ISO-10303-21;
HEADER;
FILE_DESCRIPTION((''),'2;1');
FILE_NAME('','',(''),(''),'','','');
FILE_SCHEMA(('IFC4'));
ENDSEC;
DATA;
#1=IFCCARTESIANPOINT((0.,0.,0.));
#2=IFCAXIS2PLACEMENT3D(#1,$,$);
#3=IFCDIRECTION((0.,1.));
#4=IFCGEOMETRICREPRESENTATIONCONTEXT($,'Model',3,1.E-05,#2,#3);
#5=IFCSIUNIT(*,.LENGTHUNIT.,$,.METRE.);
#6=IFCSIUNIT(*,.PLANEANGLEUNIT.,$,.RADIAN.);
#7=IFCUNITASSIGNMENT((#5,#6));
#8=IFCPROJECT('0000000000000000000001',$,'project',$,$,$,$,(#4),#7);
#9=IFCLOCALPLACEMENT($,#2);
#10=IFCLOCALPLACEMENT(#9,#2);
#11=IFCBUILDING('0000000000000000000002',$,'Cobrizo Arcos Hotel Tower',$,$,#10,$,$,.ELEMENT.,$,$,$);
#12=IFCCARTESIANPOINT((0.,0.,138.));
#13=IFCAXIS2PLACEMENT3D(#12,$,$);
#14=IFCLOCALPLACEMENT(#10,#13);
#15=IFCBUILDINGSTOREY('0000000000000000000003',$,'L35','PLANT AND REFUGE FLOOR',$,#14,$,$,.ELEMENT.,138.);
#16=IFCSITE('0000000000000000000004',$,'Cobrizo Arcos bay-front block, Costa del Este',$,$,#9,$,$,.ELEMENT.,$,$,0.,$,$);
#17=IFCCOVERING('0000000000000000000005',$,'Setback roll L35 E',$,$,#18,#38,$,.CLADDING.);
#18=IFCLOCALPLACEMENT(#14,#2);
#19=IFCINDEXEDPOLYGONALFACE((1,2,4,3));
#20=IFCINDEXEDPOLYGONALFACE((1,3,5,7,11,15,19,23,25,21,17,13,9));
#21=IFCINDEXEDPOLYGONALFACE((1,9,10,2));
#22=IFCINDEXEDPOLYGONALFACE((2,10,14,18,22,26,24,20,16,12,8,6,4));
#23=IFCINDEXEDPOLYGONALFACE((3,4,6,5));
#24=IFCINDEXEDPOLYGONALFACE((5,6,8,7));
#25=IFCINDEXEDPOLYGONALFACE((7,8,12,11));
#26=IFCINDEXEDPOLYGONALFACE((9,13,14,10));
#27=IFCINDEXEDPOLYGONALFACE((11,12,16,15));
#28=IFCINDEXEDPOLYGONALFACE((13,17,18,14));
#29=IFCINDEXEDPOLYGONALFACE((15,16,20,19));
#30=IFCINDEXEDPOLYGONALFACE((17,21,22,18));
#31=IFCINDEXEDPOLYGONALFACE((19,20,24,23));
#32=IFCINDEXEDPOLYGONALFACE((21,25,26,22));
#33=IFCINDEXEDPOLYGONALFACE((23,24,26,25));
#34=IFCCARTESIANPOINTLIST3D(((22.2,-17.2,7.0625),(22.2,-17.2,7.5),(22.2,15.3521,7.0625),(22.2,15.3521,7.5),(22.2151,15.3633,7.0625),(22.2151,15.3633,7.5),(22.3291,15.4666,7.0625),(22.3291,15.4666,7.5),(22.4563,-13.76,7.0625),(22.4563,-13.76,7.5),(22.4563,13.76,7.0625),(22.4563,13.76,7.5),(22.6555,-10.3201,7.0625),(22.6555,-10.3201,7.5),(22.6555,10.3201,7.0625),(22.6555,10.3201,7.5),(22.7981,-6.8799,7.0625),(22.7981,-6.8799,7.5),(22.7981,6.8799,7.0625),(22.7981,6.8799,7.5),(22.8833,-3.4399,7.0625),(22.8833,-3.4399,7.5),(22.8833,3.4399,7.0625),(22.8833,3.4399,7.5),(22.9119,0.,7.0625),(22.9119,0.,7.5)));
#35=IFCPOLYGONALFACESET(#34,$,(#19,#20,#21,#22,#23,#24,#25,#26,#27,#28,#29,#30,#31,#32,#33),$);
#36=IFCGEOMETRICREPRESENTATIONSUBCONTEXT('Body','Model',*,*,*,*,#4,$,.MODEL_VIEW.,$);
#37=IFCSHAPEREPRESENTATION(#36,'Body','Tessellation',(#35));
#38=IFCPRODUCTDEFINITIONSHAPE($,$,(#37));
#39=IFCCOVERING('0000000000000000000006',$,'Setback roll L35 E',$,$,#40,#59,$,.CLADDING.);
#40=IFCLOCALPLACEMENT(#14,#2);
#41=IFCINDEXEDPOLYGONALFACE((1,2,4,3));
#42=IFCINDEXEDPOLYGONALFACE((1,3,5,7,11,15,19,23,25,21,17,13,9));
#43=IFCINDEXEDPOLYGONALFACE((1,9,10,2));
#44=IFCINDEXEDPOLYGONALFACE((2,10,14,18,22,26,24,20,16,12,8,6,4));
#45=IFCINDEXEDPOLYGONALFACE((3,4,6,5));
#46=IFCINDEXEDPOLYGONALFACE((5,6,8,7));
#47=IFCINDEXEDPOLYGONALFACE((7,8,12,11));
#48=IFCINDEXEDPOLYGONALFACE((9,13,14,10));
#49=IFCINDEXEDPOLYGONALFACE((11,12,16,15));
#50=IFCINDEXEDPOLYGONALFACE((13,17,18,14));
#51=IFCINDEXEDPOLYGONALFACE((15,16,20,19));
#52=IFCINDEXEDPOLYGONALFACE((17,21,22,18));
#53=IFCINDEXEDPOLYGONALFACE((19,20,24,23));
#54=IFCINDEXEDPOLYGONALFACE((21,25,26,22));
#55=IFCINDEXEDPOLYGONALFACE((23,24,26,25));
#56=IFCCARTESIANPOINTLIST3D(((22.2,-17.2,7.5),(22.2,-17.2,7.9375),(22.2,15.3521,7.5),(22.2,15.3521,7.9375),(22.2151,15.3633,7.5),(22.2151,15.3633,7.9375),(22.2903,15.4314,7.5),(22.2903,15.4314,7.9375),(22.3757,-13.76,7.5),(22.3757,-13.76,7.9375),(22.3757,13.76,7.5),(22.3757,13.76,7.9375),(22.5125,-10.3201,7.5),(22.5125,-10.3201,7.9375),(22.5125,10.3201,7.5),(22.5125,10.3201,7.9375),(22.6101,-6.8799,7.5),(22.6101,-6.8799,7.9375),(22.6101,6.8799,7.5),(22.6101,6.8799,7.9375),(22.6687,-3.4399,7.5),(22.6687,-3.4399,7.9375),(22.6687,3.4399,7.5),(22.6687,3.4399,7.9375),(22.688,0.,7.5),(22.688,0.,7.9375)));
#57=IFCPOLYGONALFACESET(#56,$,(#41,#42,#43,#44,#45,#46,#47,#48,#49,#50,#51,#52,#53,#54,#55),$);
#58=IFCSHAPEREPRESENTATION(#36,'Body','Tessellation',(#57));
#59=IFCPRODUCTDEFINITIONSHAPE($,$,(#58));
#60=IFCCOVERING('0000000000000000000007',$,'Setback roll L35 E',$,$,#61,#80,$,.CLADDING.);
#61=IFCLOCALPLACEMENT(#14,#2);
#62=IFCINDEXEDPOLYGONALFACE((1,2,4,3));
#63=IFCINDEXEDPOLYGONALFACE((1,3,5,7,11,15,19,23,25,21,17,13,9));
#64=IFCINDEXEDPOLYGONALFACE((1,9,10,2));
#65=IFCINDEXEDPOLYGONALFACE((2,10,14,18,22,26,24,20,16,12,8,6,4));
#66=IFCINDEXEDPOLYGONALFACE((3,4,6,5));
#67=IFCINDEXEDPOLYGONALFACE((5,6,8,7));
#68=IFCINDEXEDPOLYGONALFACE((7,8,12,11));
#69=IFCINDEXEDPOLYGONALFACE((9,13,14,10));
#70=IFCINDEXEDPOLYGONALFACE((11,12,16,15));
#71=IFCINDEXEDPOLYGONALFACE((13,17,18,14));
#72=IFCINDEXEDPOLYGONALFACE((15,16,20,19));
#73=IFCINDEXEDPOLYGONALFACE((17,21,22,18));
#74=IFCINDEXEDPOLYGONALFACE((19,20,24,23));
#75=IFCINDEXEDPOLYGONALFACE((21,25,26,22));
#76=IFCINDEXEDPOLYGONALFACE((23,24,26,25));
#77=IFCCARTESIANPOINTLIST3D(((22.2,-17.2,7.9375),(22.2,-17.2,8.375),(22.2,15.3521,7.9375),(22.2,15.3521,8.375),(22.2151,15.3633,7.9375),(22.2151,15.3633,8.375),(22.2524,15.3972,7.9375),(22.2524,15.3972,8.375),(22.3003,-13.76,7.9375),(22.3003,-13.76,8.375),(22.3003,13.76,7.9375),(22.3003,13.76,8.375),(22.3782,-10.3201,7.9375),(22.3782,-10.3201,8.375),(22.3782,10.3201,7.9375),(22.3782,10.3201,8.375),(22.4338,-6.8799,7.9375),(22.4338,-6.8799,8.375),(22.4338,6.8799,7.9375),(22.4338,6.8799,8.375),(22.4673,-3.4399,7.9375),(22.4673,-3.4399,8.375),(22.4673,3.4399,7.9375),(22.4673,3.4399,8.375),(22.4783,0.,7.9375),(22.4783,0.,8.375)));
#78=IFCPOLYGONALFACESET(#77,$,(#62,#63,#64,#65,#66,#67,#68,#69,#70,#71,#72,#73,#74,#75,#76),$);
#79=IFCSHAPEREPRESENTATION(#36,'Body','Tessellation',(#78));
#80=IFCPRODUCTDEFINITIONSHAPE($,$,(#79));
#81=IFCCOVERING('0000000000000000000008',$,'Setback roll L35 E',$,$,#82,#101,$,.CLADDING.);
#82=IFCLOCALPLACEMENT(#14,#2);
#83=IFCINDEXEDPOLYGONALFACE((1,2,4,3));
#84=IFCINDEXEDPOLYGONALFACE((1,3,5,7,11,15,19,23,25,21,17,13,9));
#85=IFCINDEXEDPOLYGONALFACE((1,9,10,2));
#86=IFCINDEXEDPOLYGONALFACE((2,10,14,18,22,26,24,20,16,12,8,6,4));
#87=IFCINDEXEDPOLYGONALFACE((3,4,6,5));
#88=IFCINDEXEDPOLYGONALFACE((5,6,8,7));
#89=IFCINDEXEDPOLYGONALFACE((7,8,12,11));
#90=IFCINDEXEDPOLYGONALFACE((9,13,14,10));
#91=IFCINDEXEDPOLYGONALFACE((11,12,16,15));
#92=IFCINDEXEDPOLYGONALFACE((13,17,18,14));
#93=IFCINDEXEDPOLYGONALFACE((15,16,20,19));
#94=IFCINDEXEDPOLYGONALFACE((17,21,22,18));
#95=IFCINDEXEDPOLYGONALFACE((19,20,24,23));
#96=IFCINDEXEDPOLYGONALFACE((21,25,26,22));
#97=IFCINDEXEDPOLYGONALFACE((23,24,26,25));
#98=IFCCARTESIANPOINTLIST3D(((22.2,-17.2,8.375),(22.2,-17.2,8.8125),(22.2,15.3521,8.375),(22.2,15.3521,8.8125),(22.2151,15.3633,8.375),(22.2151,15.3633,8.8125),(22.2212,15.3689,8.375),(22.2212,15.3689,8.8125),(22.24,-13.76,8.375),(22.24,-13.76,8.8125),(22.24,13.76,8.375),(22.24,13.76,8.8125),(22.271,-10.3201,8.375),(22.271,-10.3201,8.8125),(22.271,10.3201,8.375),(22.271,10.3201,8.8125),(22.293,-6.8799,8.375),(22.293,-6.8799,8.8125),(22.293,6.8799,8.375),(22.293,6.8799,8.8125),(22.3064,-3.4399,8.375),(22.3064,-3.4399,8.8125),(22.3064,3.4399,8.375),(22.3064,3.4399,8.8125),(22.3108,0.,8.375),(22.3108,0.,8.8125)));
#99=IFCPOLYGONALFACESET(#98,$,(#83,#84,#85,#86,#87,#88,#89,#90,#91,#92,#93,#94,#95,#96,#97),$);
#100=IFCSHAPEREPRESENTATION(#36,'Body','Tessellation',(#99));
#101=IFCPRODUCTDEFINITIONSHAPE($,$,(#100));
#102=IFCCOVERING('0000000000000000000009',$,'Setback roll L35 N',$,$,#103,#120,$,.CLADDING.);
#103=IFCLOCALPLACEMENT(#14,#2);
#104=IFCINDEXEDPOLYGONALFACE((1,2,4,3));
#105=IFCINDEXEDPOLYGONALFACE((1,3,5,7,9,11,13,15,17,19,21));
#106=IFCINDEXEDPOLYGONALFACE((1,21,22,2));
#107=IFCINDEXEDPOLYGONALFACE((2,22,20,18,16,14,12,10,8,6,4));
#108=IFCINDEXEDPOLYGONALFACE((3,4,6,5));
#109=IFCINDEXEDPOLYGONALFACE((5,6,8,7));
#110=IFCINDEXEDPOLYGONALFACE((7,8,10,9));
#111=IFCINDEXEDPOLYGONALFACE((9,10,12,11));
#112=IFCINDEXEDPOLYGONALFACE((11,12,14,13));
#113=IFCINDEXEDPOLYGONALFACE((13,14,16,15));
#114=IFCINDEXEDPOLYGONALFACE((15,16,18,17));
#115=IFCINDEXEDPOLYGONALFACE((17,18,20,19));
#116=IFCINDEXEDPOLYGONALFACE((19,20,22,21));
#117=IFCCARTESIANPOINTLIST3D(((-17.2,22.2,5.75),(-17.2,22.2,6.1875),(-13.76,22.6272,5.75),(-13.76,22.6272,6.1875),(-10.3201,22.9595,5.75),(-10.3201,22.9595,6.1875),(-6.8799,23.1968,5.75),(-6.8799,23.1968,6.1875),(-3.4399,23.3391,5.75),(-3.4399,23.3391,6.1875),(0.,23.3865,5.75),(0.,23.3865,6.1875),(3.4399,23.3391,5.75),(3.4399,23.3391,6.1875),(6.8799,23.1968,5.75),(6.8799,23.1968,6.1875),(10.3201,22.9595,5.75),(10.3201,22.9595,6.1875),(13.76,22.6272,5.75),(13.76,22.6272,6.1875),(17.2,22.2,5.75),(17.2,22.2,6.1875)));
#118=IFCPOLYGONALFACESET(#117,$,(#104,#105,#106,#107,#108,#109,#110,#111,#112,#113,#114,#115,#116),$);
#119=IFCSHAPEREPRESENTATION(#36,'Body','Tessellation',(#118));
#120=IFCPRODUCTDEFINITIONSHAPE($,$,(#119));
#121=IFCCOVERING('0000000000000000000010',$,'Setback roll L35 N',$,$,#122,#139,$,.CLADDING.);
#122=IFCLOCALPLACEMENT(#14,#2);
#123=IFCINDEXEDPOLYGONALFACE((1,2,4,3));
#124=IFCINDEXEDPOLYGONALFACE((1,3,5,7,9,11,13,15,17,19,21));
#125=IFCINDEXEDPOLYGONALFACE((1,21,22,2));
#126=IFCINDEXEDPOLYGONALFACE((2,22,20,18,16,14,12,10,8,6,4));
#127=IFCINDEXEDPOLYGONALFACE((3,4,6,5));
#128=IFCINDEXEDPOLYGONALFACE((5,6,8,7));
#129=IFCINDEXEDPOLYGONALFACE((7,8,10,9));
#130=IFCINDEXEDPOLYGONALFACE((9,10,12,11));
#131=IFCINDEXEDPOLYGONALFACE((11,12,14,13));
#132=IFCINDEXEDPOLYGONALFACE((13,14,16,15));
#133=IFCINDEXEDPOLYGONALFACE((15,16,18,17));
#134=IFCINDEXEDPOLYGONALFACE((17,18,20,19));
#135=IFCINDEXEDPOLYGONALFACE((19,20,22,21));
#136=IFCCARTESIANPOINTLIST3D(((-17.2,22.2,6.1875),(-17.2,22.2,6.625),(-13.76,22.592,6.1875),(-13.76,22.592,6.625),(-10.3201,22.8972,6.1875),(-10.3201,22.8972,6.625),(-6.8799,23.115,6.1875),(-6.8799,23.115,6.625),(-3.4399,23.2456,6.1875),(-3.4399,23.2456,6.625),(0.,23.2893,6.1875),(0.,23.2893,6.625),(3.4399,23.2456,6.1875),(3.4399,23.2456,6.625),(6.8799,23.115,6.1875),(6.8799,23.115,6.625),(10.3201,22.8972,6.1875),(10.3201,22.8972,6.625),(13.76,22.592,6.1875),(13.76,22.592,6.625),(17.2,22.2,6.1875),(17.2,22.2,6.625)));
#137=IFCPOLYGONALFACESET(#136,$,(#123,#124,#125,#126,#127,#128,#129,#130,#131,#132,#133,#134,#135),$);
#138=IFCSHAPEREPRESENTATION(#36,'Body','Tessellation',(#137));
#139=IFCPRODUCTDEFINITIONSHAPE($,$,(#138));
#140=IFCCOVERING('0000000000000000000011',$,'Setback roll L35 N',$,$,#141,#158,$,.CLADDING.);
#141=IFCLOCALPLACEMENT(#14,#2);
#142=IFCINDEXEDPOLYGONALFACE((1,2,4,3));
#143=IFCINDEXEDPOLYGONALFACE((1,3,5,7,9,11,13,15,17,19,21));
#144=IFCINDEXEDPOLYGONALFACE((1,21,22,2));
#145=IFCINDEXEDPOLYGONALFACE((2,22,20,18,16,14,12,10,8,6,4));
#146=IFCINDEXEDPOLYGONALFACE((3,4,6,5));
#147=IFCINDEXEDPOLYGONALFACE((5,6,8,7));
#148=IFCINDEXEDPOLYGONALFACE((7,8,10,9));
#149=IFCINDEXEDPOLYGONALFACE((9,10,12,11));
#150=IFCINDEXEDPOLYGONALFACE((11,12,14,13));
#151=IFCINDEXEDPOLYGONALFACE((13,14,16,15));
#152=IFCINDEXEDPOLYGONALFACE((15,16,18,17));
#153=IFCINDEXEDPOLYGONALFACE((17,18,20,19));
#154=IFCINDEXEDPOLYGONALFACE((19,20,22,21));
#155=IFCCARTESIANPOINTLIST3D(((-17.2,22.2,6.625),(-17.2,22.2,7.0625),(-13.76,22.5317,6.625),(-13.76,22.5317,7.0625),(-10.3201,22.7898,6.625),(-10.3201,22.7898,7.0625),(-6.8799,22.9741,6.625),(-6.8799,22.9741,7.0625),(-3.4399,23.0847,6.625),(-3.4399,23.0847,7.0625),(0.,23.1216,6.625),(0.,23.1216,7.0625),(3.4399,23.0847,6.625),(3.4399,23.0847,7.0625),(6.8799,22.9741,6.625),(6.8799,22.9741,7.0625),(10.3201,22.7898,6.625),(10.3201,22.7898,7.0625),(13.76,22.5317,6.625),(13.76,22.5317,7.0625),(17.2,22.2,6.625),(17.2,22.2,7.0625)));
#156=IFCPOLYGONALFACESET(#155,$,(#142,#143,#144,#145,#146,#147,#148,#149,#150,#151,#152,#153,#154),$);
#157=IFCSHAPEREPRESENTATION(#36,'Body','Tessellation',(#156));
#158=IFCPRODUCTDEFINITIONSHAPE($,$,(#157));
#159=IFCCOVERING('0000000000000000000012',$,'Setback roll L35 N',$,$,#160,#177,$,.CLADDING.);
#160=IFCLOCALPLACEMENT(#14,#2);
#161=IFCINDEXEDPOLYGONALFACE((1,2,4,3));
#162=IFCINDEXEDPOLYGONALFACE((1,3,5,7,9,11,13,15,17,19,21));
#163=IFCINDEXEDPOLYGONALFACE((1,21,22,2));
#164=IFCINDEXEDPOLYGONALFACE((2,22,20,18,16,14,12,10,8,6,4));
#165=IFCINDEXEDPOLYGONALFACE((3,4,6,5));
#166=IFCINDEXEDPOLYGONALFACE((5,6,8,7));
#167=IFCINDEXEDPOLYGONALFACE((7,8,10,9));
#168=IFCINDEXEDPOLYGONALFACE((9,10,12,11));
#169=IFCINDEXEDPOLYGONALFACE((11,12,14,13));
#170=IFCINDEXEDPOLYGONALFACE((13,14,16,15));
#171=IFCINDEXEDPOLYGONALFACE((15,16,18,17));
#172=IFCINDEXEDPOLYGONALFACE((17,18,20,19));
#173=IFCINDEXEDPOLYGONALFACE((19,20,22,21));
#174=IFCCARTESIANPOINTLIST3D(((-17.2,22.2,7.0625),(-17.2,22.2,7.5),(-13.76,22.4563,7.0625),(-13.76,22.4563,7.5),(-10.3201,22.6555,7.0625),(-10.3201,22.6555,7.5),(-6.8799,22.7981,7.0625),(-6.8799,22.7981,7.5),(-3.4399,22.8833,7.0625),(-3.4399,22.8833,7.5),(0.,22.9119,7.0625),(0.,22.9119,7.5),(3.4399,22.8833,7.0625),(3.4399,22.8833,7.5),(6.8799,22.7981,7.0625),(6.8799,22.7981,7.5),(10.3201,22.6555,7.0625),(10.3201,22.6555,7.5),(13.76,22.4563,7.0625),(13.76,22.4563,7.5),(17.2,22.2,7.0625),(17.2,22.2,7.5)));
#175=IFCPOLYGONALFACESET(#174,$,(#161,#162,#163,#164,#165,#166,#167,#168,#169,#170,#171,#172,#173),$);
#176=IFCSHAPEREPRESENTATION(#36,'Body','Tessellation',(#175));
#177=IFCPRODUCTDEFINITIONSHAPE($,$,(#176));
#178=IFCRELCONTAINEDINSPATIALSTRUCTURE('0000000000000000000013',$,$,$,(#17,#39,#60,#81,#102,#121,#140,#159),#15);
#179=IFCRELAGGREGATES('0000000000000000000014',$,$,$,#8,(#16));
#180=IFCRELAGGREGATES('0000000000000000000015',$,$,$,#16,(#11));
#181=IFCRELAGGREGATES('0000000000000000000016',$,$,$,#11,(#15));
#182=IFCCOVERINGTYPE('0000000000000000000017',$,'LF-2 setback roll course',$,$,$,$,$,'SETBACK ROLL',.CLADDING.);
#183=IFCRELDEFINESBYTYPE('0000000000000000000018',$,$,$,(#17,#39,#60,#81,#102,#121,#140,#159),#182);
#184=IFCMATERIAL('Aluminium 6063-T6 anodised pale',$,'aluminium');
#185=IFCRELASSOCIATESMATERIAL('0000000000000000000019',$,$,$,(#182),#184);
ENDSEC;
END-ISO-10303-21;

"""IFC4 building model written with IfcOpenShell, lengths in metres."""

from ifc_helpers import new_model, si_unit, direction, frame, origin, place, context, subcontext, project, spatial, polyline, outline, extrude, material, type_object, element, save


model = new_model("IFC4")

# Units and contexts
model_context = context("Model", 3, precision=1e-05, world=origin(), true_north=direction((0.0, 1.0)))
body_context = subcontext(model_context, "Body", "Model", "MODEL_VIEW")
ifc_project = project(units=[si_unit("LENGTHUNIT", "METRE"), si_unit("PLANEANGLEUNIT", "RADIAN")], contexts=[model_context])

# Site, building, storey
site_placement = place(None, origin())
site = spatial("IfcSite", under=ifc_project, at=site_placement, Name="Cobrizo Arcos bay-front block, Costa del Este", CompositionType="ELEMENT", RefElevation=0.0)
building_placement = place(site_placement, origin())
building = spatial("IfcBuilding", under=site, at=building_placement, Name="Cobrizo Arcos Hotel Tower", CompositionType="ELEMENT")
storey_placement = place(building_placement, frame((0.0, 0.0, 138.0)))
storey = spatial("IfcBuildingStorey", under=building, at=storey_placement, Name="L35", Description="PLANT AND REFUGE FLOOR", CompositionType="ELEMENT", Elevation=138.0)

# Coverings
ifc_material_1 = material(Name="Aluminium 6063-T6 anodised pale", Category="aluminium")
covering_type = type_object("IfcCoveringType", Name="LF-2 setback roll course", ElementType="SETBACK ROLL", PredefinedType="CLADDING", material=ifc_material_1)
covering_1_placement = place(storey_placement, frame((0.0, 0.0, 7.0625)))
element("IfcCovering", 1, at=covering_1_placement, inside=storey, type_object=covering_type, Name="Setback roll L35 E", PredefinedType="CLADDING", context=body_context, shape_type="SweptSolid", body=[
    extrude(outline(polyline([(22.4563, 13.76), (22.6555, 10.3201), (22.7981, 6.8799), (22.8833, 3.4399), (22.9119, 0.0), (22.8833, -3.4399), (22.7981, -6.8799), (22.6555, -10.3201), (22.4563, -13.76), (22.2, -17.2), (22.2, 15.3521), (22.2151, 15.3633), (22.3291, 15.4666), (22.4563, 13.76)])), origin(), (0.0, 0.0, 1.0), 0.4375),
])
covering_2_placement = place(storey_placement, frame((0.0, 0.0, 7.5)))
element("IfcCovering", 2, at=covering_2_placement, inside=storey, type_object=covering_type, Name="Setback roll L35 E", PredefinedType="CLADDING", context=body_context, shape_type="SweptSolid", body=[
    extrude(outline(polyline([(22.3757, 13.76), (22.5125, 10.3201), (22.6101, 6.8799), (22.6687, 3.4399), (22.688, 0.0), (22.6687, -3.4399), (22.6101, -6.8799), (22.5125, -10.3201), (22.3757, -13.76), (22.2, -17.2), (22.2, 15.3521), (22.2151, 15.3633), (22.2903, 15.4314), (22.3757, 13.76)])), origin(), (0.0, 0.0, 1.0), 0.4375),
])
covering_3_placement = place(storey_placement, frame((0.0, 0.0, 7.9375)))
element("IfcCovering", 3, at=covering_3_placement, inside=storey, type_object=covering_type, Name="Setback roll L35 E", PredefinedType="CLADDING", context=body_context, shape_type="SweptSolid", body=[
    extrude(outline(polyline([(22.3003, 13.76), (22.3782, 10.3201), (22.4338, 6.8799), (22.4673, 3.4399), (22.4783, 0.0), (22.4673, -3.4399), (22.4338, -6.8799), (22.3782, -10.3201), (22.3003, -13.76), (22.2, -17.2), (22.2, 15.3521), (22.2151, 15.3633), (22.2524, 15.3972), (22.3003, 13.76)])), origin(), (0.0, 0.0, 1.0), 0.4375),
])
covering_4_placement = place(storey_placement, frame((0.0, 0.0, 8.375)))
element("IfcCovering", 4, at=covering_4_placement, inside=storey, type_object=covering_type, Name="Setback roll L35 E", PredefinedType="CLADDING", context=body_context, shape_type="SweptSolid", body=[
    extrude(outline(polyline([(22.24, 13.76), (22.271, 10.3201), (22.293, 6.8799), (22.3064, 3.4399), (22.3108, 0.0), (22.3064, -3.4399), (22.293, -6.8799), (22.271, -10.3201), (22.24, -13.76), (22.2, -17.2), (22.2, 15.3521), (22.2151, 15.3633), (22.2212, 15.3689), (22.24, 13.76)])), origin(), (0.0, 0.0, 1.0), 0.4375),
])
covering_5_placement = place(storey_placement, frame((0.0, 0.0, 5.75)))
element("IfcCovering", 5, at=covering_5_placement, inside=storey, type_object=covering_type, Name="Setback roll L35 N", PredefinedType="CLADDING", context=body_context, shape_type="SweptSolid", body=[
    extrude(outline(polyline([(-17.2, 22.2), (-13.76, 22.6272), (-10.3201, 22.9595), (-6.8799, 23.1968), (-3.4399, 23.3391), (0.0, 23.3865), (3.4399, 23.3391), (6.8799, 23.1968), (10.3201, 22.9595), (13.76, 22.6272), (17.2, 22.2), (-17.2, 22.2)])), origin(), (0.0, 0.0, 1.0), 0.4375),
])
covering_6_placement = place(storey_placement, frame((0.0, 0.0, 6.1875)))
element("IfcCovering", 6, at=covering_6_placement, inside=storey, type_object=covering_type, Name="Setback roll L35 N", PredefinedType="CLADDING", context=body_context, shape_type="SweptSolid", body=[
    extrude(outline(polyline([(-17.2, 22.2), (-13.76, 22.592), (-10.3201, 22.8972), (-6.8799, 23.115), (-3.4399, 23.2456), (0.0, 23.2893), (3.4399, 23.2456), (6.8799, 23.115), (10.3201, 22.8972), (13.76, 22.592), (17.2, 22.2), (-17.2, 22.2)])), origin(), (0.0, 0.0, 1.0), 0.4375),
])
covering_7_placement = place(storey_placement, frame((0.0, 0.0, 6.625)))
element("IfcCovering", 7, at=covering_7_placement, inside=storey, type_object=covering_type, Name="Setback roll L35 N", PredefinedType="CLADDING", context=body_context, shape_type="SweptSolid", body=[
    extrude(outline(polyline([(-17.2, 22.2), (-13.76, 22.5317), (-10.3201, 22.7898), (-6.8799, 22.9741), (-3.4399, 23.0847), (0.0, 23.1216), (3.4399, 23.0847), (6.8799, 22.9741), (10.3201, 22.7898), (13.76, 22.5317), (17.2, 22.2), (-17.2, 22.2)])), origin(), (0.0, 0.0, 1.0), 0.4375),
])
covering_8_placement = place(storey_placement, frame((0.0, 0.0, 7.0625)))
element("IfcCovering", 8, at=covering_8_placement, inside=storey, type_object=covering_type, Name="Setback roll L35 N", PredefinedType="CLADDING", context=body_context, shape_type="SweptSolid", body=[
    extrude(outline(polyline([(-17.2, 22.2), (-13.76, 22.4563), (-10.3201, 22.6555), (-6.8799, 22.7981), (-3.4399, 22.8833), (0.0, 22.9119), (3.4399, 22.8833), (6.8799, 22.7981), (10.3201, 22.6555), (13.76, 22.4563), (17.2, 22.2), (-17.2, 22.2)])), origin(), (0.0, 0.0, 1.0), 0.4375),
])

save(model, "model.ifc")
